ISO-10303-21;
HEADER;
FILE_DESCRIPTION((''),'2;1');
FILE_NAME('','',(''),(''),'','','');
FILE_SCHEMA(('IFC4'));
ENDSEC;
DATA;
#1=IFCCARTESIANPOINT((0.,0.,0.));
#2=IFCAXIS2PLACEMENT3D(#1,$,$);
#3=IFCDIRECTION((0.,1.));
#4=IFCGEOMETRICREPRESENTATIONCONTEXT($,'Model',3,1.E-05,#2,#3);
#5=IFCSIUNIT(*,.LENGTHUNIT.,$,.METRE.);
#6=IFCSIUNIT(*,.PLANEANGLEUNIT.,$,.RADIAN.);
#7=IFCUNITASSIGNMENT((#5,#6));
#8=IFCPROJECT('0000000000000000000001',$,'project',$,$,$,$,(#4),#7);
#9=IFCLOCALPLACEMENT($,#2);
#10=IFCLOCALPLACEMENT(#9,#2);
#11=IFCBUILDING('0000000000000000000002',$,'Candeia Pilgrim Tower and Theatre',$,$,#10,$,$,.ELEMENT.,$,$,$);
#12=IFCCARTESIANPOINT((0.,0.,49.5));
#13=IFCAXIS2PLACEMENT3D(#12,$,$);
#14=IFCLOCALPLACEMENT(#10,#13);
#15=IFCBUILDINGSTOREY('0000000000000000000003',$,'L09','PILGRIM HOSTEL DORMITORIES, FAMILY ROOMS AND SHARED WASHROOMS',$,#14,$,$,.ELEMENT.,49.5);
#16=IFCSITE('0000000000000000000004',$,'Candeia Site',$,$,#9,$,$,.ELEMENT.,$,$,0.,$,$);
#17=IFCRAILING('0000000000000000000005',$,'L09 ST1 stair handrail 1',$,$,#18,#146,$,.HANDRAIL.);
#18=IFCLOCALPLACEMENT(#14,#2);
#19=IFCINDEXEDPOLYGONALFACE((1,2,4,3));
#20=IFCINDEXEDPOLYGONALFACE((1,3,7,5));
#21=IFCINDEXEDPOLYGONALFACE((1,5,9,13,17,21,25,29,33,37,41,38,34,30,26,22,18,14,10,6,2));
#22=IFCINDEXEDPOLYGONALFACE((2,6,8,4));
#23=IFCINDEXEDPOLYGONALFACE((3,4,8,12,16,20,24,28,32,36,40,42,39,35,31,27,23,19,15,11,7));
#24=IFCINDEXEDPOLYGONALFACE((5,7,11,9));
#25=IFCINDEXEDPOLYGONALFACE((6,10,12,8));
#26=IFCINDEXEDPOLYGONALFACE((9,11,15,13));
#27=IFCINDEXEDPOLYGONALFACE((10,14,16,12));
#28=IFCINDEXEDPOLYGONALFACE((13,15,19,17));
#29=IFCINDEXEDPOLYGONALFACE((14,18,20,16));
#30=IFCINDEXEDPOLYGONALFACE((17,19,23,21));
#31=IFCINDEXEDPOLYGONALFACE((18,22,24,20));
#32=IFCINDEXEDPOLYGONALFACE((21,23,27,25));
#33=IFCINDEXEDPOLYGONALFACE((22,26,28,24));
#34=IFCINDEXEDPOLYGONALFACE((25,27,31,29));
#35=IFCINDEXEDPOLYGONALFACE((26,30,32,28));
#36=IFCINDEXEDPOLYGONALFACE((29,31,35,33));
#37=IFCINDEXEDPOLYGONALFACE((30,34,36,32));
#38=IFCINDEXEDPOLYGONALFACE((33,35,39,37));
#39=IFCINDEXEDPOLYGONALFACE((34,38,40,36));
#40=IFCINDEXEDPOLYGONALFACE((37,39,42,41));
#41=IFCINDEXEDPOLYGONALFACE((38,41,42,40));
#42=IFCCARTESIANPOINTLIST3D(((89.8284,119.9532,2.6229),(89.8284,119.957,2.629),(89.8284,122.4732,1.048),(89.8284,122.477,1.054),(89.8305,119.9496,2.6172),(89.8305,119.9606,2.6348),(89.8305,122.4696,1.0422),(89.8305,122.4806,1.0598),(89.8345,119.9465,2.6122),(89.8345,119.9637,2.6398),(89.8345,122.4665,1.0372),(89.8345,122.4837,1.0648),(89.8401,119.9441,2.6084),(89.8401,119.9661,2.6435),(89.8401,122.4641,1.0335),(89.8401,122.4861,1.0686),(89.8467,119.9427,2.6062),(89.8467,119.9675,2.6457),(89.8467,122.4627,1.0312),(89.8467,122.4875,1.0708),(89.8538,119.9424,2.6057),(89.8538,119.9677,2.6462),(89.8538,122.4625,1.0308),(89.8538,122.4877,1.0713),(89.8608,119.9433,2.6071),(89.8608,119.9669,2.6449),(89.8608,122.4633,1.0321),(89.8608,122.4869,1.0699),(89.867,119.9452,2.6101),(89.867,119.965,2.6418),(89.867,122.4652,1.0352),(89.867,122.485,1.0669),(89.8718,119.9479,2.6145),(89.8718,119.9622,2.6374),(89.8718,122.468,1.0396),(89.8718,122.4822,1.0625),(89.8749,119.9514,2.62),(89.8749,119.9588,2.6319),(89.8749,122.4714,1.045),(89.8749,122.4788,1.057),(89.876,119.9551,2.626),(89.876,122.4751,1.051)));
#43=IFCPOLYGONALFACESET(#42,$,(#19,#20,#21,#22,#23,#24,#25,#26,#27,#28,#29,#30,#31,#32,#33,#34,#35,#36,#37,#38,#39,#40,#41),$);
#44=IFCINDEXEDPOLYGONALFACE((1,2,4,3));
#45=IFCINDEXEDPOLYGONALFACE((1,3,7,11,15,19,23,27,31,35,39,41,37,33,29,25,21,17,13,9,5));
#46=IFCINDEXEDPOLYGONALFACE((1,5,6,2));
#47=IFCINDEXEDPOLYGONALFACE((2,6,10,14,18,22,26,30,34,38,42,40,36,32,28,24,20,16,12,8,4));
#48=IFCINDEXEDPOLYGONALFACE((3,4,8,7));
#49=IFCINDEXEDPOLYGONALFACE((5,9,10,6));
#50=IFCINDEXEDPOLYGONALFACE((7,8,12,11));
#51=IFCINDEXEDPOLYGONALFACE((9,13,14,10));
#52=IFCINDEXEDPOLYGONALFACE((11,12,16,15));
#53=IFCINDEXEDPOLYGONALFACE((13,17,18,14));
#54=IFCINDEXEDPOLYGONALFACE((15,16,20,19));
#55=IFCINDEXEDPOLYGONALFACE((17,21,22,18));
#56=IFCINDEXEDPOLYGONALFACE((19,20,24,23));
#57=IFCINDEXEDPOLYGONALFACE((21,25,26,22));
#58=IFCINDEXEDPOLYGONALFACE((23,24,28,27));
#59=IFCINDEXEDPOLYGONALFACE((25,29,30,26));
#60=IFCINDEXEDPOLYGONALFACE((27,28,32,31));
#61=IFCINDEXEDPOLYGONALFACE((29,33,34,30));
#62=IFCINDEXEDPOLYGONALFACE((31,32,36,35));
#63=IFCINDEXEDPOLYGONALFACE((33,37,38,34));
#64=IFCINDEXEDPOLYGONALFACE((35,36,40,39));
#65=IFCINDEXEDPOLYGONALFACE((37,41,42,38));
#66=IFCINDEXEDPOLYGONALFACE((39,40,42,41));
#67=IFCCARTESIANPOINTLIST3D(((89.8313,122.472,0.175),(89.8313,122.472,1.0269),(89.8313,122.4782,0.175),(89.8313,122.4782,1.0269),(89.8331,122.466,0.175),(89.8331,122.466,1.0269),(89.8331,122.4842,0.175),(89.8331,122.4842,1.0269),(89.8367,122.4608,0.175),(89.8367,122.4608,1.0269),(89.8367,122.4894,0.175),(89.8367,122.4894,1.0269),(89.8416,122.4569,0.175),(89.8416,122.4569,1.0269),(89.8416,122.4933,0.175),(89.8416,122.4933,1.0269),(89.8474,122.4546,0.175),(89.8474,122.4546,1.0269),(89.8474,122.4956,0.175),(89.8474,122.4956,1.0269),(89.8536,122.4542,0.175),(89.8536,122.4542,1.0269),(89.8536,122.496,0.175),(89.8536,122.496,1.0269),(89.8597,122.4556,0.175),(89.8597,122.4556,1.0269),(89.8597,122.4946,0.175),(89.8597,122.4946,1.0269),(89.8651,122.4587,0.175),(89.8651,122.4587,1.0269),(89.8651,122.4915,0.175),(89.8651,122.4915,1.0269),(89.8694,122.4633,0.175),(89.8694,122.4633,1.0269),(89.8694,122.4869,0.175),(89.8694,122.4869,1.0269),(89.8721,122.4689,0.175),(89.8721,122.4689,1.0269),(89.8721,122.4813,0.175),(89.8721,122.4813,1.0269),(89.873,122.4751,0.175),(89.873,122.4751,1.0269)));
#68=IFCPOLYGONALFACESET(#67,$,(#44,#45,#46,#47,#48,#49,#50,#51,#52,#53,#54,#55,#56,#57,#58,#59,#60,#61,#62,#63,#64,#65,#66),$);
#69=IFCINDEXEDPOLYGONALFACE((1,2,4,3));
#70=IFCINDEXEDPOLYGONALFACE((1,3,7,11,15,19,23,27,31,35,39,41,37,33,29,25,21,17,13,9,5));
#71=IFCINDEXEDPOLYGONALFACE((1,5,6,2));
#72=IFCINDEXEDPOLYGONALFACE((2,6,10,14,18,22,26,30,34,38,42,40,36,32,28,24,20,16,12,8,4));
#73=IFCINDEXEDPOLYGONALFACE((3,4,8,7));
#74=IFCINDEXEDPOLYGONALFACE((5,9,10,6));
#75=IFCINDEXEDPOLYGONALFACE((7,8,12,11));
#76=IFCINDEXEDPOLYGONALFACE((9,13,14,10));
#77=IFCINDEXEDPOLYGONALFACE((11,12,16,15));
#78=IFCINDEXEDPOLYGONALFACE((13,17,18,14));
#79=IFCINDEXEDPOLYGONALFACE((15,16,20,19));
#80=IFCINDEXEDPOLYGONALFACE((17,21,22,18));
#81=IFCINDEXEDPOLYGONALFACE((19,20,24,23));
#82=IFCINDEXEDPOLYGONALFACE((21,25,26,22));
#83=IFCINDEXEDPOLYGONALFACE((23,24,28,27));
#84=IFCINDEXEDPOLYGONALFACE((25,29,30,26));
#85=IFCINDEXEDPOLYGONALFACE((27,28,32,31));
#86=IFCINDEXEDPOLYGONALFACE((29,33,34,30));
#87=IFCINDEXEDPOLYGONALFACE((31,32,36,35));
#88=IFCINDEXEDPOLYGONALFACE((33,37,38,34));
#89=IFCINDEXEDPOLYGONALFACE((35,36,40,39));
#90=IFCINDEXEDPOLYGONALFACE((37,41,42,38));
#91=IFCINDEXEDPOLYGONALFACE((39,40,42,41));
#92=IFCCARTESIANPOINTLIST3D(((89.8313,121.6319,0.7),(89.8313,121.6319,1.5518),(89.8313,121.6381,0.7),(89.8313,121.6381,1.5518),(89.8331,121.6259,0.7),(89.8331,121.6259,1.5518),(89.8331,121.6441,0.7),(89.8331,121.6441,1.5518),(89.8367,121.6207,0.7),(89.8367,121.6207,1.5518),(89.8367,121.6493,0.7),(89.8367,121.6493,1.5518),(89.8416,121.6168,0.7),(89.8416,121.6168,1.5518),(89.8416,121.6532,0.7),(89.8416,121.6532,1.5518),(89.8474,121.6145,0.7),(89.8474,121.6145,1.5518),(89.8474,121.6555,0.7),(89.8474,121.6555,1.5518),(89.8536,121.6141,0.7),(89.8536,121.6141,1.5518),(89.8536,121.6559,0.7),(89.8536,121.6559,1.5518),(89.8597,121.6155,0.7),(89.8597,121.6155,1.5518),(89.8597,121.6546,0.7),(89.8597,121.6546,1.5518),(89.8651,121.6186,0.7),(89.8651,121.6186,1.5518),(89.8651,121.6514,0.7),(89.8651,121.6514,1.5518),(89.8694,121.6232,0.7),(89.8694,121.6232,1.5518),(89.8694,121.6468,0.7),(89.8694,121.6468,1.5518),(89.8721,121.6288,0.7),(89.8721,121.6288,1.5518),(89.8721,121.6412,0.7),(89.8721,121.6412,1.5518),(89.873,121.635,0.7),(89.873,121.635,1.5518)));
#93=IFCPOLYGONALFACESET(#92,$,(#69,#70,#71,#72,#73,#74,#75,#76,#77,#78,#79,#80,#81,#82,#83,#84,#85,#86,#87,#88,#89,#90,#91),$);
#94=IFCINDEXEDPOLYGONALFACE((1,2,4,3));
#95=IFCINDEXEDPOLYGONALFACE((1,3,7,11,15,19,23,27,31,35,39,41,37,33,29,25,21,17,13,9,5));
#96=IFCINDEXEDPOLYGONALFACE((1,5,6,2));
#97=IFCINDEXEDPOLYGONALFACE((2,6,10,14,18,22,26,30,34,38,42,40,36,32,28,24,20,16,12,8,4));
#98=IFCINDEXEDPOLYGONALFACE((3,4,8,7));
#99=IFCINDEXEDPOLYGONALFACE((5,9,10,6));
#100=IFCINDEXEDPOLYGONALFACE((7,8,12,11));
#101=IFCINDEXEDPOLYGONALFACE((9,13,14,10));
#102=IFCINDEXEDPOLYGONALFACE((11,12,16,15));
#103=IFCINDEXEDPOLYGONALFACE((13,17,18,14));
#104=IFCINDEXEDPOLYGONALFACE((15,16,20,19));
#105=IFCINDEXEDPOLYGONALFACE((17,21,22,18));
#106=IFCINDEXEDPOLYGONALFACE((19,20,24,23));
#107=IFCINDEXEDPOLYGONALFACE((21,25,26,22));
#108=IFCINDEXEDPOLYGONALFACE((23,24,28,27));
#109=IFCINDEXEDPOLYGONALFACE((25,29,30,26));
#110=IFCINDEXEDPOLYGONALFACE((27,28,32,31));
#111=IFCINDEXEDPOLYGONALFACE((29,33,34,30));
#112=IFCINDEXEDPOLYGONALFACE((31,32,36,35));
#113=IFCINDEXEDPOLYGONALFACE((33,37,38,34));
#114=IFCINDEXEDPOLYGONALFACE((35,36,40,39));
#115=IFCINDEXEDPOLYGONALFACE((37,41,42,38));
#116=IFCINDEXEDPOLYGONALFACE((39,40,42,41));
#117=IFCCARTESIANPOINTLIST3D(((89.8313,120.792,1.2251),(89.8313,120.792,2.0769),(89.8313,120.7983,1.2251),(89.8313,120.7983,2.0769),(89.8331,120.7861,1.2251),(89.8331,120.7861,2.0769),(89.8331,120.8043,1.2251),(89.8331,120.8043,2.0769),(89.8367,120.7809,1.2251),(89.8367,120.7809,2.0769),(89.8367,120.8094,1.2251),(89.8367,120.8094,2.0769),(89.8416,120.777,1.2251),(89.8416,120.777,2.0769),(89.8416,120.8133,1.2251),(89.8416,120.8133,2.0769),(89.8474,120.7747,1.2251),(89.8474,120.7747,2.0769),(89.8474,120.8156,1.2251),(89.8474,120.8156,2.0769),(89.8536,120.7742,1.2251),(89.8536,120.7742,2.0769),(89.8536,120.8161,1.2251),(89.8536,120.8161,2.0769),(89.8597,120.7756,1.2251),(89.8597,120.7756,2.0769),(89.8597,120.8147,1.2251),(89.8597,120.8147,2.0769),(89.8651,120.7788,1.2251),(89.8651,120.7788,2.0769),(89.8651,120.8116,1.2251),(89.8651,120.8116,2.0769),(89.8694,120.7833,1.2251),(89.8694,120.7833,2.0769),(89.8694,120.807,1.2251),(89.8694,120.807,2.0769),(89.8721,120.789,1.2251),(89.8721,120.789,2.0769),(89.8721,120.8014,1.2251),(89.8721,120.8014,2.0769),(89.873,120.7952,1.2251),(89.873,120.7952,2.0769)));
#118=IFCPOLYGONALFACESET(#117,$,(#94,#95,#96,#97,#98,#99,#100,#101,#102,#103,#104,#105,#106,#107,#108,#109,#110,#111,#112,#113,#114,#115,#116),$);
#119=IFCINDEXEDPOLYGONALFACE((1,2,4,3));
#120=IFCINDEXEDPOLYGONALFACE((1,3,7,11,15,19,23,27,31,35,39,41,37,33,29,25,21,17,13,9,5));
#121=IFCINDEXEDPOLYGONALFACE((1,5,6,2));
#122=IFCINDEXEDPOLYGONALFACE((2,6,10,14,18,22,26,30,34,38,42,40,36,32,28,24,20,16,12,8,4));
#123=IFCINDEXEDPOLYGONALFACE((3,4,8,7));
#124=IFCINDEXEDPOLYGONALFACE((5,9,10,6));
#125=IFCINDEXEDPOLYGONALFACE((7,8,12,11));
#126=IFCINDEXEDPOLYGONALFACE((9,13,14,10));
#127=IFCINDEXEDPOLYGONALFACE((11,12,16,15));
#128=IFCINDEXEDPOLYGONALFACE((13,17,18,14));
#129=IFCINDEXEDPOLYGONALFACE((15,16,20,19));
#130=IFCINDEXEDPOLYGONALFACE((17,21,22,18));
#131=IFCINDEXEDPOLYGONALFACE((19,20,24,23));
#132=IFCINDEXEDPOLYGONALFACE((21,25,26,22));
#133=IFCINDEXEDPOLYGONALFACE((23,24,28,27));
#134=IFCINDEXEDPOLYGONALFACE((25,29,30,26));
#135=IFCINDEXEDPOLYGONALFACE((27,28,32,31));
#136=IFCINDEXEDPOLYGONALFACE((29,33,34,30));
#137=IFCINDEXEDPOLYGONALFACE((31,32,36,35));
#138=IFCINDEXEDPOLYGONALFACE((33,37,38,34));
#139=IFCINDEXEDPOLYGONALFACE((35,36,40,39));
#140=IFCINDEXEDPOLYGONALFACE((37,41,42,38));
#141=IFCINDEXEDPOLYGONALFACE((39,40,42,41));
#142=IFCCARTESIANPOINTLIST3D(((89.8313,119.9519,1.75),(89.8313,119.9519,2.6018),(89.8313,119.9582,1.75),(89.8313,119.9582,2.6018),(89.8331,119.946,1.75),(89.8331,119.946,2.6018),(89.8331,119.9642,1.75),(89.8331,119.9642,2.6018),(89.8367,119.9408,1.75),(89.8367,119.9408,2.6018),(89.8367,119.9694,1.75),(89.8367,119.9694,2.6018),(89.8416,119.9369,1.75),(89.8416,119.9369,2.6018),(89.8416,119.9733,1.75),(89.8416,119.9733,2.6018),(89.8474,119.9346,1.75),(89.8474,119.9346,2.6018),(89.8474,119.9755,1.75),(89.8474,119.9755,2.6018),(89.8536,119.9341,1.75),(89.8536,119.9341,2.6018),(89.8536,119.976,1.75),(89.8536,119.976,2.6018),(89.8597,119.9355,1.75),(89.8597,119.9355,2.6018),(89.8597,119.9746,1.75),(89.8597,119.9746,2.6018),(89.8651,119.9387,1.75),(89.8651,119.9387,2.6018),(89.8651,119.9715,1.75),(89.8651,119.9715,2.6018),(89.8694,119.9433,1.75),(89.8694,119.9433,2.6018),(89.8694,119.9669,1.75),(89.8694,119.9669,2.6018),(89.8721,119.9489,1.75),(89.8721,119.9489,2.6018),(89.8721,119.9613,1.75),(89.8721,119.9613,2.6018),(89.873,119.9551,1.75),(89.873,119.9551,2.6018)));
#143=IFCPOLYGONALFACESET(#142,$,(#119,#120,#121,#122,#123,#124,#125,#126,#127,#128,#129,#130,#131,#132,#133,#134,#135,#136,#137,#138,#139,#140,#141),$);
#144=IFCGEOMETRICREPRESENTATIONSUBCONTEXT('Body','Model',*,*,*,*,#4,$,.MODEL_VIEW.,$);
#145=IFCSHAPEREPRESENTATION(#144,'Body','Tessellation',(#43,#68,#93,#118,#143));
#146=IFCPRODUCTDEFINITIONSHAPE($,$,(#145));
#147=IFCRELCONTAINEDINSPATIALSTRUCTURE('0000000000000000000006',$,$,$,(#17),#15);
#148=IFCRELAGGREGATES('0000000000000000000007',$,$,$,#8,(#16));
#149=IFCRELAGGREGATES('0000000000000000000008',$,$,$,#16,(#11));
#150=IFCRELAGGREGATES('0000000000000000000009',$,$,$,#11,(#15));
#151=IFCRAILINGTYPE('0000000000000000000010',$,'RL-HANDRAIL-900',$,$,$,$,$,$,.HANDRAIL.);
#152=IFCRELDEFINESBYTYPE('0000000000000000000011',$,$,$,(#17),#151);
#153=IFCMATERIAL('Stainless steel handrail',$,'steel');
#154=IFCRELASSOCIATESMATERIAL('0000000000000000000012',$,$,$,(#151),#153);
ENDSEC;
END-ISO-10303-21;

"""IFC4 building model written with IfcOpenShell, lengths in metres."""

from ifc_helpers import new_model, si_unit, direction, frame, origin, origin_2d, place, context, subcontext, project, spatial, circle, extrude, material, type_object, element, save


model = new_model("IFC4")

# Units and contexts
model_context = context("Model", 3, precision=1e-05, world=origin(), true_north=direction((0.0, 1.0)))
body_context = subcontext(model_context, "Body", "Model", "MODEL_VIEW")
ifc_project = project(units=[si_unit("LENGTHUNIT", "METRE"), si_unit("PLANEANGLEUNIT", "RADIAN")], contexts=[model_context])

# Site, building, storey
site_placement = place(None, origin())
site = spatial("IfcSite", under=ifc_project, at=site_placement, Name="Candeia Site", CompositionType="ELEMENT", RefElevation=0.0)
building_placement = place(site_placement, origin())
building = spatial("IfcBuilding", under=site, at=building_placement, Name="Candeia Pilgrim Tower and Theatre", CompositionType="ELEMENT")
storey_placement = place(building_placement, frame((0.0, 0.0, 49.5)))
storey = spatial("IfcBuildingStorey", under=building, at=storey_placement, Name="L09", Description="PILGRIM HOSTEL DORMITORIES, FAMILY ROOMS AND SHARED WASHROOMS", CompositionType="ELEMENT", Elevation=49.5)

# Railing
ifc_material_1 = material(Name="Stainless steel handrail", Category="steel")
railing_type_1 = type_object("IfcRailingType", Name="RL-HANDRAIL-900", PredefinedType="HANDRAIL", material=ifc_material_1)
railing_1_placement = place(storey_placement, frame((89.8521, 122.4751, 0.175)))
element("IfcRailing", 1, at=railing_1_placement, inside=storey, type_object=railing_type_1, Name="L09 ST1 stair handrail 1", PredefinedType="HANDRAIL", context=body_context, shape_type="SweptSolid", body=[
    extrude(circle(Radius=0.0239, at=origin_2d()), frame((0.0, 0.0, 0.876), z_axis=(0.0, -0.848008, 0.529984), x_axis=(1.0, 0.0, 0.0)), (0.0, 0.0, 1.0), 2.9717),
    extrude(circle(Radius=0.021, at=origin_2d()), origin(), (0.0, 0.0, 1.0), 0.8518),
    extrude(circle(Radius=0.021, at=origin_2d()), frame((0.0, -0.8401, 0.5249)), (0.0, 0.0, 1.0), 0.8518),
    extrude(circle(Radius=0.021, at=origin_2d()), frame((0.0, -1.6799, 1.05)), (0.0, 0.0, 1.0), 0.8518),
    extrude(circle(Radius=0.021, at=origin_2d()), frame((0.0, -2.52, 1.575)), (0.0, 0.0, 1.0), 0.8518),
])

save(model, "model.ifc")
